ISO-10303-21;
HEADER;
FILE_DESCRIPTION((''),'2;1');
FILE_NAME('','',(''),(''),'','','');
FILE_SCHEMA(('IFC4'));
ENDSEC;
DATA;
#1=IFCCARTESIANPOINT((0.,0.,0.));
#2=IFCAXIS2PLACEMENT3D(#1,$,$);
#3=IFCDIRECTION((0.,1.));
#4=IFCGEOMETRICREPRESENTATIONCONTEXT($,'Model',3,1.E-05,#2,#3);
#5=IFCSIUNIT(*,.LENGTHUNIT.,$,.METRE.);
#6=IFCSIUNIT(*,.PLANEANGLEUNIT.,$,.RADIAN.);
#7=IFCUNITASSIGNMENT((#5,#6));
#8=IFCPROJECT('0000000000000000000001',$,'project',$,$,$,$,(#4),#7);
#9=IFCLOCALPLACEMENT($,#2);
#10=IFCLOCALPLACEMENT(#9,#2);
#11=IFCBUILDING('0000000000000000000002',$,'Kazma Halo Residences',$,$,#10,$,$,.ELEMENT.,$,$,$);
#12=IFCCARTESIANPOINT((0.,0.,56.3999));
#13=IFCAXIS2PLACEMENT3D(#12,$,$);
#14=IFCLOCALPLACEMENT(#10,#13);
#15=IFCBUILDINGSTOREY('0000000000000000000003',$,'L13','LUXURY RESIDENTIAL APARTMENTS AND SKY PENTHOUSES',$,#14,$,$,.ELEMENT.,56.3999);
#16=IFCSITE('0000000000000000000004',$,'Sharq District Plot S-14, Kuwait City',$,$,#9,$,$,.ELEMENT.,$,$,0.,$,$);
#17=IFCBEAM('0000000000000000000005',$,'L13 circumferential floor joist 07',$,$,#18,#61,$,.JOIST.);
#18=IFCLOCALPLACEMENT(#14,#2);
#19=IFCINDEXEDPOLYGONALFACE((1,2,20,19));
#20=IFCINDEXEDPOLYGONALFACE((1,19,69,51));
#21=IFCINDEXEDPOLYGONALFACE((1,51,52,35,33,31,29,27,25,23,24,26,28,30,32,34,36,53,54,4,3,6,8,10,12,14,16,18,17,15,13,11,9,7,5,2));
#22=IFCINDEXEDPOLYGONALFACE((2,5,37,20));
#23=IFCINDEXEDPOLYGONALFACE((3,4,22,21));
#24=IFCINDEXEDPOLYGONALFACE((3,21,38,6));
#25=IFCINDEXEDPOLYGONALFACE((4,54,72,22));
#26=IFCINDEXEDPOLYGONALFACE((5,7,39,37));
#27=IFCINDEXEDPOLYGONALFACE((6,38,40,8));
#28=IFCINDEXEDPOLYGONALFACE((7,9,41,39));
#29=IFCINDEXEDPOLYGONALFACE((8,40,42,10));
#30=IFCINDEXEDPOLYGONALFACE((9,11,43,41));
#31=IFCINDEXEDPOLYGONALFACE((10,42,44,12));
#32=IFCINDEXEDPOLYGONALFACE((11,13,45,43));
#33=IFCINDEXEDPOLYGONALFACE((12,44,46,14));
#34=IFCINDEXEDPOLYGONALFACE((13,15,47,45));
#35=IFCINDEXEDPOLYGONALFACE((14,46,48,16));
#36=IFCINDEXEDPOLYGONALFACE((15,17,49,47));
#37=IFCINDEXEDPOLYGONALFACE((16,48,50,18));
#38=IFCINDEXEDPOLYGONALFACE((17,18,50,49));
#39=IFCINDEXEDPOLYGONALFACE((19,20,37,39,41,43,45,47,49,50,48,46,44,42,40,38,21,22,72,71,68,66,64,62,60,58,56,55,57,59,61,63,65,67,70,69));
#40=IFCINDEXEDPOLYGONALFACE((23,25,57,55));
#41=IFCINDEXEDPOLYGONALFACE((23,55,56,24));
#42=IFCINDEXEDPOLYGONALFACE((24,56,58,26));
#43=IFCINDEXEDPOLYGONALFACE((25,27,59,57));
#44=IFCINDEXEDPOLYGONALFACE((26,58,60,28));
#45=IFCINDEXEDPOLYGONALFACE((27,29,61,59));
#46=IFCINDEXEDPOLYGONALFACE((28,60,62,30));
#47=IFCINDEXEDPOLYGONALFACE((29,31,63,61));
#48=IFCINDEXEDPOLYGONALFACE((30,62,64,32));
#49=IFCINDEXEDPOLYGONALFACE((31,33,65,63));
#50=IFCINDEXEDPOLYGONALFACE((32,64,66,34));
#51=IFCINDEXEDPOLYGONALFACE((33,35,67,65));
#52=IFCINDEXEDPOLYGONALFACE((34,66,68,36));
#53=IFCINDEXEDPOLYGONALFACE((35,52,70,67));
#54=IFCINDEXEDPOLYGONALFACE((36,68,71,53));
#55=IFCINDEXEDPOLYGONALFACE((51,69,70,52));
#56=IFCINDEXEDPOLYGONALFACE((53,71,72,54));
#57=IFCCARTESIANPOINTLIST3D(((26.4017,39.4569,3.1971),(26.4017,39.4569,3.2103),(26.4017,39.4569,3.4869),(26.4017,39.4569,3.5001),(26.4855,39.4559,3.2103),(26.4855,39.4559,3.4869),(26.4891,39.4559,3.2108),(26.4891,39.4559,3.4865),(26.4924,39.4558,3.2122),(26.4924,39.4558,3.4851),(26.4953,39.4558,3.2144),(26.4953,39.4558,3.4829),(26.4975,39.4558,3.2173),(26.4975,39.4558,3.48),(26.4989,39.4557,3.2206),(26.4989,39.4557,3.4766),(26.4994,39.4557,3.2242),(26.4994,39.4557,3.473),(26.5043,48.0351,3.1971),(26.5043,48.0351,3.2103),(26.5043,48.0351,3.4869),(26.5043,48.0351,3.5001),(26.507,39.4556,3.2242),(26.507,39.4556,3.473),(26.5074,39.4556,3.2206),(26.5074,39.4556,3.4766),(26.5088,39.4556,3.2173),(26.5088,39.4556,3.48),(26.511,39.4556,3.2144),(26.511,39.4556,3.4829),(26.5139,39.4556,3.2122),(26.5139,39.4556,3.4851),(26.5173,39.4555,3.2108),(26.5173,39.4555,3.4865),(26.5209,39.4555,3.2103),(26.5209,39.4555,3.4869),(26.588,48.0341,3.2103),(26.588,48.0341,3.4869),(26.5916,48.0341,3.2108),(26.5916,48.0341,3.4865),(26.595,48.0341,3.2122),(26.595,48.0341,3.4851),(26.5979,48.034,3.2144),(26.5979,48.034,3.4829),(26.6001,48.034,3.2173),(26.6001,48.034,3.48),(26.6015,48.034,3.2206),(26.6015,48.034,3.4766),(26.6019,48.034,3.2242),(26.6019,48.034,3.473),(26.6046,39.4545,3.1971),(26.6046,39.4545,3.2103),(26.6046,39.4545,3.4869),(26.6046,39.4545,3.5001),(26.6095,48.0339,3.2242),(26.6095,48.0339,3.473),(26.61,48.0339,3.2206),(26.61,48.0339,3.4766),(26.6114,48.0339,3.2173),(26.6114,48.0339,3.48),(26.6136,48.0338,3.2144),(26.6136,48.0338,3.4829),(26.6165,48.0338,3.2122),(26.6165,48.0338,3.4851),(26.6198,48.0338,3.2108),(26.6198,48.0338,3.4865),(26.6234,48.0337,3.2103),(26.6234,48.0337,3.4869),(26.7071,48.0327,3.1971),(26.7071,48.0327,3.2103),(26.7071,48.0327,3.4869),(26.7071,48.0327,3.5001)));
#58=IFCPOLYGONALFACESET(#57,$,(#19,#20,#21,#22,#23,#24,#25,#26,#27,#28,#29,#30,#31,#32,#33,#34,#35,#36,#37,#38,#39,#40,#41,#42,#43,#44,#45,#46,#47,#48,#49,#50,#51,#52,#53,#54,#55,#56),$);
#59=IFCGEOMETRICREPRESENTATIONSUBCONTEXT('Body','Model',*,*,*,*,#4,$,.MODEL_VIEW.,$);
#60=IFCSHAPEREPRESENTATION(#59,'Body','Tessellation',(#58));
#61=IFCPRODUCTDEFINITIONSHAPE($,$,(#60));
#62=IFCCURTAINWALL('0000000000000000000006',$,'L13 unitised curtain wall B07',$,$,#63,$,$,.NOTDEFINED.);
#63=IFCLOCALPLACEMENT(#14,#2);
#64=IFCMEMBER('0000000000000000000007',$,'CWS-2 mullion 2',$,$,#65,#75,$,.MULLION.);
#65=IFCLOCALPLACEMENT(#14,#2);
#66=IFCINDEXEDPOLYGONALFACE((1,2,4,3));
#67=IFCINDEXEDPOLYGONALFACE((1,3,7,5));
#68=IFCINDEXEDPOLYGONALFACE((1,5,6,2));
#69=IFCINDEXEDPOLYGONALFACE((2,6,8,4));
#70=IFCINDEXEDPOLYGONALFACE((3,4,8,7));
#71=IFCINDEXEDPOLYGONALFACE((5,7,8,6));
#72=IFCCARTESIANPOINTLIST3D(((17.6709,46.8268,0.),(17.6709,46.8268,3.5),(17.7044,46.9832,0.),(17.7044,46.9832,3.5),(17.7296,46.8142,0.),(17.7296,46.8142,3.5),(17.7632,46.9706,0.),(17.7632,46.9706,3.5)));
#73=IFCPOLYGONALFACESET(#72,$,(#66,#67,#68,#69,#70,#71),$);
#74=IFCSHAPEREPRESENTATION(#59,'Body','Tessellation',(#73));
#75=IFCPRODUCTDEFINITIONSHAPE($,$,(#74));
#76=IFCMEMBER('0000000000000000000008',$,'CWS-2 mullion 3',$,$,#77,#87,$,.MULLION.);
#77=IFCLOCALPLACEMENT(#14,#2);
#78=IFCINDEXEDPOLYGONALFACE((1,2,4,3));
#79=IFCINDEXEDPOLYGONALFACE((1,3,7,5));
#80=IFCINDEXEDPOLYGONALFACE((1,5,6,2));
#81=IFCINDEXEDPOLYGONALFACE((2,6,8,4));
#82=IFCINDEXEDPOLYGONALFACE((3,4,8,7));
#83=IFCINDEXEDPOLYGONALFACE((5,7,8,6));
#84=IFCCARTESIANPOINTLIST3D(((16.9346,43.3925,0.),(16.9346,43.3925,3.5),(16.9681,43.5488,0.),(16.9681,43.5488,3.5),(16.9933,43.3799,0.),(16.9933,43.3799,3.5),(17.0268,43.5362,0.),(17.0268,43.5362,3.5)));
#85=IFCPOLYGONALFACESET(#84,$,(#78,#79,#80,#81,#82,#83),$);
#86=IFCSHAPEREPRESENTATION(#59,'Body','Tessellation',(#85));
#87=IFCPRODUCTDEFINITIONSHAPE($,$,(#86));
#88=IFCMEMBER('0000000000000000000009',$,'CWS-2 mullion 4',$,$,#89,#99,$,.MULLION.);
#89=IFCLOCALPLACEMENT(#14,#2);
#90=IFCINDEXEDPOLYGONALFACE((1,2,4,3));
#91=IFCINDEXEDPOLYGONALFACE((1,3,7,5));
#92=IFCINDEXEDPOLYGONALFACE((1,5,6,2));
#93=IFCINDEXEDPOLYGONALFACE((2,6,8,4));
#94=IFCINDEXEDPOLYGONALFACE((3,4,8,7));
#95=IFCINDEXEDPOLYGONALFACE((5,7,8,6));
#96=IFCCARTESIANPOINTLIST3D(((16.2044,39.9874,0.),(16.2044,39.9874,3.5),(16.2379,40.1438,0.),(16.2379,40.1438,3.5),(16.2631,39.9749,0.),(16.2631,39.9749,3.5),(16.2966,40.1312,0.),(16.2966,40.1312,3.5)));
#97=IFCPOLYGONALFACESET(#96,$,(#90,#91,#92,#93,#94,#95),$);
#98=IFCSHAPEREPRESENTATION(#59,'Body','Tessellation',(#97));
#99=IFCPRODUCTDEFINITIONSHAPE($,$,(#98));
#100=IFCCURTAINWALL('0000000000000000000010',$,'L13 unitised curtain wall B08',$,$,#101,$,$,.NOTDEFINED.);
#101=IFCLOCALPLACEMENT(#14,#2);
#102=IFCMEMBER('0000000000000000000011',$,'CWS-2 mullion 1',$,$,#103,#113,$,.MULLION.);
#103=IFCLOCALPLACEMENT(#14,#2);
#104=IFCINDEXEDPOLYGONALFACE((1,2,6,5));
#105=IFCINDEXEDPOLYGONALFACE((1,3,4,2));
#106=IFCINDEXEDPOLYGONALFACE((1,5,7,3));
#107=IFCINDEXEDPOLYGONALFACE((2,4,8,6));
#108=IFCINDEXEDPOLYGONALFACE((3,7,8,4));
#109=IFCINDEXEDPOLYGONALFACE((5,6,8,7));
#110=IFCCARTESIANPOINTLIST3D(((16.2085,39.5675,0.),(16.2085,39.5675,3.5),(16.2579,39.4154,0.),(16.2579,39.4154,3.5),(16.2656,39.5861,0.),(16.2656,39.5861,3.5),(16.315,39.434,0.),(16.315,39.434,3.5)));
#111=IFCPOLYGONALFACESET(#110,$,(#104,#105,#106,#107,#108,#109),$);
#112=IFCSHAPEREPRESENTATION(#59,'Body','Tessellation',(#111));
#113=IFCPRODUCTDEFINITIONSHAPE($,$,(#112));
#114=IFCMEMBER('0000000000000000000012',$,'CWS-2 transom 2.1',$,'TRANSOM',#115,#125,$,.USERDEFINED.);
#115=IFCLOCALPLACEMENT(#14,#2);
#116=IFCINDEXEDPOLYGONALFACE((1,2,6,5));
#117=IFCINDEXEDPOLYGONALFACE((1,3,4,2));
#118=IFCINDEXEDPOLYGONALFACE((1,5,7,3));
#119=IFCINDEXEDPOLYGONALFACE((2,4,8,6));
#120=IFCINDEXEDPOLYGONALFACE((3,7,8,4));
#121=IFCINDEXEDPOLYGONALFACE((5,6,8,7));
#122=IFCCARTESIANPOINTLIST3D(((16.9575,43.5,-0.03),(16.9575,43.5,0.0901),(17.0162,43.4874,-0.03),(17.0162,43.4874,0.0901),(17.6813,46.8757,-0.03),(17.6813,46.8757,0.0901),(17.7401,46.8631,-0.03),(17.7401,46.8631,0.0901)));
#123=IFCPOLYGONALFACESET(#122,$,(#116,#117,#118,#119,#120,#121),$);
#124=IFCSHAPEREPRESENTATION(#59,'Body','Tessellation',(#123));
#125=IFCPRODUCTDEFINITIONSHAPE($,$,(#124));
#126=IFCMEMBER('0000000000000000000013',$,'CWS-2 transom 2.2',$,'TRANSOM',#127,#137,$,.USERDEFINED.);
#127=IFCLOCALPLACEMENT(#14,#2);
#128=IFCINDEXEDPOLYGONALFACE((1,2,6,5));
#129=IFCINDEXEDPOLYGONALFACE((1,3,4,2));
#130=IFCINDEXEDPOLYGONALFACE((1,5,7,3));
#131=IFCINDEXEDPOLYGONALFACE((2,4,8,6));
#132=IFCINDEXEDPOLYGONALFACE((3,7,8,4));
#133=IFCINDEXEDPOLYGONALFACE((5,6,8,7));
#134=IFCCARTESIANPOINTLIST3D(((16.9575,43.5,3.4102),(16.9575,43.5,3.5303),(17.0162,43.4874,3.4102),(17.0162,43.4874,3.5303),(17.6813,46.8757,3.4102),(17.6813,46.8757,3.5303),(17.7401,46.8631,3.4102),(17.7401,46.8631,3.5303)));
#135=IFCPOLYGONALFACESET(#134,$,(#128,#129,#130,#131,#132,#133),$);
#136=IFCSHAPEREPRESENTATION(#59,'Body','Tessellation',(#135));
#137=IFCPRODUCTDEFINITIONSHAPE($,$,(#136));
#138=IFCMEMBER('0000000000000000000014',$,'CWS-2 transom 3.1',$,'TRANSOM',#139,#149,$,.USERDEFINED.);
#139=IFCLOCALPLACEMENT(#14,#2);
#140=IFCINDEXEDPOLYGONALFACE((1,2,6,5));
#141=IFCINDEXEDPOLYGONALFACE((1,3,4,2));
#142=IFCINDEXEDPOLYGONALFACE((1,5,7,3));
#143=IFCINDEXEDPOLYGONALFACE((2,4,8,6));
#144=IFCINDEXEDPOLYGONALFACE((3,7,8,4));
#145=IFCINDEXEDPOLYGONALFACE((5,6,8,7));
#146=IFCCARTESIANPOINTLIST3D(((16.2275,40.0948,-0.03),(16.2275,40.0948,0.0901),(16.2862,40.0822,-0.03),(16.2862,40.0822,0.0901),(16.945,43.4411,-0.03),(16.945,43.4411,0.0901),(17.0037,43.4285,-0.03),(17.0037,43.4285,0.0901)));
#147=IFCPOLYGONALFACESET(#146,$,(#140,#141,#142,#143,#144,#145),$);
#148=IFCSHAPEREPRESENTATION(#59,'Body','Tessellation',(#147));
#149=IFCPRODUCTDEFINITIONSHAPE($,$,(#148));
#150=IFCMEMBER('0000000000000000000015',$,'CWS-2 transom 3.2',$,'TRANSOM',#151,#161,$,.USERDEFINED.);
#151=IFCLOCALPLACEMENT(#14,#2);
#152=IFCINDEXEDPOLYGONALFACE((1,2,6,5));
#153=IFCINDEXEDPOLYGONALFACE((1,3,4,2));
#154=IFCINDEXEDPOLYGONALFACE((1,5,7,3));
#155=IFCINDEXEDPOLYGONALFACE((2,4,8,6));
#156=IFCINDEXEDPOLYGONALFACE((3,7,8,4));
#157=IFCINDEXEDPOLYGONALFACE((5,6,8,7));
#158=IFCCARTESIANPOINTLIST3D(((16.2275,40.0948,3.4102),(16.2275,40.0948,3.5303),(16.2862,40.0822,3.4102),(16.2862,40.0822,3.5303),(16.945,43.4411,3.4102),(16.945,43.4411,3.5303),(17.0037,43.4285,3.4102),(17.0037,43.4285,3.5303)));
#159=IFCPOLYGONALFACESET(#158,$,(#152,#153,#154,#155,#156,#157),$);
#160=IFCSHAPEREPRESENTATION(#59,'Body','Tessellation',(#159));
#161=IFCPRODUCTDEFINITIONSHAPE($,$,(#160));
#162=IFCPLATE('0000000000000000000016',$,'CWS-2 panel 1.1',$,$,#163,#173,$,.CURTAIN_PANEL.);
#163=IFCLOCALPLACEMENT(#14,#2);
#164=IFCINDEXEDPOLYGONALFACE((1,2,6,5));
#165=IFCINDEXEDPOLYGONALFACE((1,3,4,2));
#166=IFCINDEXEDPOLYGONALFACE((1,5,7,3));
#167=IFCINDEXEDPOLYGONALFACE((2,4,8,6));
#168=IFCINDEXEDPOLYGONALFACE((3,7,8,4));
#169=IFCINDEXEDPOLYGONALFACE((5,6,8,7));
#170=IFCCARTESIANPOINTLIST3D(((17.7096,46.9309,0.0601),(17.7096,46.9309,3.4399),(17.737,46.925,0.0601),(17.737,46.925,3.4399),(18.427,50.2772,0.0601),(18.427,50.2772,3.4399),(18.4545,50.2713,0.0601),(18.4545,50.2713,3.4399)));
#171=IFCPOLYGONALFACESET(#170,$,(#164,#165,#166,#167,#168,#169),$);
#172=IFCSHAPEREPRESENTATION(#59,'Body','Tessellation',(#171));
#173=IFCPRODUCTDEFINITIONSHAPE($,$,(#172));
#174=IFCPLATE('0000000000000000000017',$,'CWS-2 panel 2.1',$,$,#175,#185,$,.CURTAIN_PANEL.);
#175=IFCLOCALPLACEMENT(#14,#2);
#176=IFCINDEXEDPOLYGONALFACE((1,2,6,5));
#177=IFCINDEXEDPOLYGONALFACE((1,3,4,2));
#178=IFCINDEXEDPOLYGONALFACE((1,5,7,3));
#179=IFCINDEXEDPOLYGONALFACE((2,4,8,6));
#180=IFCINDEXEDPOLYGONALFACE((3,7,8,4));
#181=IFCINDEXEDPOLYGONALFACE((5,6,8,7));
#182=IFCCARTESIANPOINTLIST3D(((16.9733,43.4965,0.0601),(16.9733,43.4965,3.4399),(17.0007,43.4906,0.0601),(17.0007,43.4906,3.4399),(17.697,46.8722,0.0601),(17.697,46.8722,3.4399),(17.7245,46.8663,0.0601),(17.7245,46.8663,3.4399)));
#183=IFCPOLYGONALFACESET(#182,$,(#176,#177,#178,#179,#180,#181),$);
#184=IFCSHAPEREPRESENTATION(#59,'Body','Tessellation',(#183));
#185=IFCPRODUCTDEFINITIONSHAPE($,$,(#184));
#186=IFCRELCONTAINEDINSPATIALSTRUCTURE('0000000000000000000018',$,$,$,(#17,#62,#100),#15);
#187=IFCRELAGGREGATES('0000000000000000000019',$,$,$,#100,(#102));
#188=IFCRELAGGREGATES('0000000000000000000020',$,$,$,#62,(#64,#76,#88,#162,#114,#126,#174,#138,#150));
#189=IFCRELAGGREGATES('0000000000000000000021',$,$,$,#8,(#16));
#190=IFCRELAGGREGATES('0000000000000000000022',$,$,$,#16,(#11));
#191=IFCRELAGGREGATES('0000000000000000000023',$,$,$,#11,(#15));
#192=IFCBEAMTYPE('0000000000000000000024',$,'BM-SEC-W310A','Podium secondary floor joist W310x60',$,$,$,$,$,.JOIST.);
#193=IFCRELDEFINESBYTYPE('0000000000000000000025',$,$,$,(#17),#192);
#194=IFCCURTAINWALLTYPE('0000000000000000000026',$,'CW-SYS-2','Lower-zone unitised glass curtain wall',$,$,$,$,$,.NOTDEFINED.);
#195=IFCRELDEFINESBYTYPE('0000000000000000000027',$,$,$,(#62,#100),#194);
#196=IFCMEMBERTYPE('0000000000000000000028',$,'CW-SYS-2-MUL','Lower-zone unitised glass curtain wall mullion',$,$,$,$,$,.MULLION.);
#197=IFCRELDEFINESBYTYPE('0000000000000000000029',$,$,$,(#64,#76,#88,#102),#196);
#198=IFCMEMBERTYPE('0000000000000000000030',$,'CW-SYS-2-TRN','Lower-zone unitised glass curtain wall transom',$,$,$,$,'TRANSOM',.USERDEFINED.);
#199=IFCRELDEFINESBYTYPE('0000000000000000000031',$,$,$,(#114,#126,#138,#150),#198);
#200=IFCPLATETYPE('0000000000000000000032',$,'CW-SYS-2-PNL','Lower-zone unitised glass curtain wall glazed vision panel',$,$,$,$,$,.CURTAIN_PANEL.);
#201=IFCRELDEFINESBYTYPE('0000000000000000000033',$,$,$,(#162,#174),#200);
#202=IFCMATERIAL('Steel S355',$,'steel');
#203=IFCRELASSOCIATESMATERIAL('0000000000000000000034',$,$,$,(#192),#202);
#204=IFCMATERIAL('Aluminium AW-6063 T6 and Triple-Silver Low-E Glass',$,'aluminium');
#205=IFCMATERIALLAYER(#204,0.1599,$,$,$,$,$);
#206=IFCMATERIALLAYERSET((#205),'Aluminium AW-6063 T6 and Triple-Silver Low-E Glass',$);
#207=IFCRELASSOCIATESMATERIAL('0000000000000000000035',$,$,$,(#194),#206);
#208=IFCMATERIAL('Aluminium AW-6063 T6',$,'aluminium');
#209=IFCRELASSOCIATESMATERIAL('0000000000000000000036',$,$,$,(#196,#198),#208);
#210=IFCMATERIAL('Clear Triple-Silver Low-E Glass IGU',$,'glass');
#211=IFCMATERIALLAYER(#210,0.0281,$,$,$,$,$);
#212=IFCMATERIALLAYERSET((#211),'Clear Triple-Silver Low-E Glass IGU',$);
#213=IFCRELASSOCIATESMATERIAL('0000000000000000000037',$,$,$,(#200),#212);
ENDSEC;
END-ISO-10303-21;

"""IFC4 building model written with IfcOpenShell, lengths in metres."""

from ifc_helpers import new_model, si_unit, direction, frame, origin, origin_2d, place, context, subcontext, project, spatial, rectangle, i_section, extrude, material, layer, layer_set, material_profile, profile_set, type_object, element, aggregate, save


model = new_model("IFC4")

# Units and contexts
model_context = context("Model", 3, precision=1e-05, world=origin(), true_north=direction((0.0, 1.0)))
body_context = subcontext(model_context, "Body", "Model", "MODEL_VIEW")
ifc_project = project(units=[si_unit("LENGTHUNIT", "METRE"), si_unit("PLANEANGLEUNIT", "RADIAN")], contexts=[model_context])

# Site, building, storey
site_placement = place(None, origin())
site = spatial("IfcSite", under=ifc_project, at=site_placement, Name="Sharq District Plot S-14, Kuwait City", CompositionType="ELEMENT", RefElevation=0.0)
building_placement = place(site_placement, origin())
building = spatial("IfcBuilding", under=site, at=building_placement, Name="Kazma Halo Residences", CompositionType="ELEMENT")
storey_placement = place(building_placement, frame((0.0, 0.0, 56.3999)))
storey = spatial("IfcBuildingStorey", under=building, at=storey_placement, Name="L13", Description="LUXURY RESIDENTIAL APARTMENTS AND SKY PENTHOUSES", CompositionType="ELEMENT", Elevation=56.3999)

# Beam
ifc_material_1 = material(Name="Steel S355", Category="steel")
ifc_material_profile_1 = material_profile(ifc_material_1, i_section(OverallWidth=0.2029, OverallDepth=0.303, WebThickness=0.0076, FlangeThickness=0.0132, FilletRadius=0.0139, at=origin_2d()), Name="W310x60")
ifc_profile_set_1 = profile_set([ifc_material_profile_1], Name="Steel S355")
beam_type = type_object("IfcBeamType", Name="BM-SEC-W310A", Description="Podium secondary floor joist W310x60", PredefinedType="JOIST", material=ifc_profile_set_1)
beam_placement = place(storey_placement, frame((26.6057, 48.0339, 3.3486), z_axis=(-0.011953, -0.999929, 0.0), x_axis=(0.999929, -0.011953, 0.0)))
element("IfcBeam", 1, at=beam_placement, inside=storey, type_object=beam_type, Name="L13 circumferential floor joist 07", PredefinedType="JOIST", context=body_context, shape_type="SweptSolid", body=[
    extrude(i_section(OverallWidth=0.2029, OverallDepth=0.303, WebThickness=0.0076, FlangeThickness=0.0132, FilletRadius=0.0139, at=origin_2d()), origin(), (0.0, 0.0, 1.0), 8.5789),
])

# Curtain wall, members
ifc_material_2 = material(Name="Aluminium AW-6063 T6 and Triple-Silver Low-E Glass", Category="aluminium")
ifc_layer_1 = layer(ifc_material_2, 0.1599)
ifc_layer_set_1 = layer_set([ifc_layer_1], Name="Aluminium AW-6063 T6 and Triple-Silver Low-E Glass")
curtain_wall_type = type_object("IfcCurtainWallType", Name="CW-SYS-2", Description="Lower-zone unitised glass curtain wall", PredefinedType="NOTDEFINED", material=ifc_layer_set_1)
curtain_wall_1_placement = place(storey_placement, origin())
curtain_wall_1 = element("IfcCurtainWall", 2, at=curtain_wall_1_placement, inside=storey, type_object=curtain_wall_type, Name="L13 unitised curtain wall B07", PredefinedType="NOTDEFINED")
ifc_material_3 = material(Name="Aluminium AW-6063 T6", Category="aluminium")
ifc_material_profile_2 = material_profile(ifc_material_3, rectangle(XDim=0.0601, YDim=0.1599, at=origin_2d()), Name="CWM-60x160")
ifc_profile_set_2 = profile_set([ifc_material_profile_2], Name="Aluminium AW-6063 T6")
member_type_1 = type_object("IfcMemberType", Name="CW-SYS-2-MUL", Description="Lower-zone unitised glass curtain wall mullion", PredefinedType="MULLION", material=ifc_profile_set_2)
member_1_placement = place(storey_placement, frame((17.717, 46.8987, 0.0), z_axis=(0.0, 0.0, 1.0), x_axis=(0.977779, -0.209637, 0.0)))
member_1 = element("IfcMember", 3, at=member_1_placement, type_object=member_type_1, Name="CWS-2 mullion 2", PredefinedType="MULLION", context=body_context, shape_type="SweptSolid", body=[
    extrude(rectangle(XDim=0.0601, YDim=0.1599, at=origin_2d()), origin(), (0.0, 0.0, 1.0), 3.5),
])
member_2_placement = place(storey_placement, frame((16.9807, 43.4644, 0.0), z_axis=(0.0, 0.0, 1.0), x_axis=(0.977779, -0.209637, 0.0)))
member_2 = element("IfcMember", 4, at=member_2_placement, type_object=member_type_1, Name="CWS-2 mullion 3", PredefinedType="MULLION", context=body_context, shape_type="SweptSolid", body=[
    extrude(rectangle(XDim=0.0601, YDim=0.1599, at=origin_2d()), origin(), (0.0, 0.0, 1.0), 3.5),
])
member_3_placement = place(storey_placement, frame((16.2505, 40.0593, 0.0), z_axis=(0.0, 0.0, 1.0), x_axis=(0.977779, -0.209637, 0.0)))
member_3 = element("IfcMember", 5, at=member_3_placement, type_object=member_type_1, Name="CWS-2 mullion 4", PredefinedType="MULLION", context=body_context, shape_type="SweptSolid", body=[
    extrude(rectangle(XDim=0.0601, YDim=0.1599, at=origin_2d()), origin(), (0.0, 0.0, 1.0), 3.5),
])

# Curtain wall, member
curtain_wall_2_placement = place(storey_placement, origin())
curtain_wall_2 = element("IfcCurtainWall", 6, at=curtain_wall_2_placement, inside=storey, type_object=curtain_wall_type, Name="L13 unitised curtain wall B08", PredefinedType="NOTDEFINED")
member_4_placement = place(storey_placement, frame((16.2617, 39.5007, 0.0), z_axis=(0.0, 0.0, 1.0), x_axis=(0.951057, 0.309017, 0.0)))
member_4 = element("IfcMember", 7, at=member_4_placement, type_object=member_type_1, Name="CWS-2 mullion 1", PredefinedType="MULLION", context=body_context, shape_type="SweptSolid", body=[
    extrude(rectangle(XDim=0.0601, YDim=0.1599, at=origin_2d()), origin(), (0.0, 0.0, 1.0), 3.5),
])
aggregate(curtain_wall_2, [member_4])

# Members
ifc_material_profile_3 = material_profile(ifc_material_3, rectangle(XDim=0.0601, YDim=0.1201, at=origin_2d()), Name="CWT-60x120")
ifc_profile_set_3 = profile_set([ifc_material_profile_3], Name="Aluminium AW-6063 T6")
member_type_2 = type_object("IfcMemberType", Name="CW-SYS-2-TRN", Description="Lower-zone unitised glass curtain wall transom", ElementType="TRANSOM", PredefinedType="USERDEFINED", material=ifc_profile_set_3)
member_5_placement = place(storey_placement, frame((17.7107, 46.8694, 0.03), z_axis=(-0.209669, -0.977772, 0.0), x_axis=(0.977772, -0.209669, 0.0)))
member_5 = element("IfcMember", 8, at=member_5_placement, type_object=member_type_2, Name="CWS-2 transom 2.1", ObjectType="TRANSOM", PredefinedType="USERDEFINED", context=body_context, shape_type="SweptSolid", body=[
    extrude(rectangle(XDim=0.0601, YDim=0.1201, at=origin_2d()), origin(), (0.0, 0.0, 1.0), 3.4524),
])
member_6_placement = place(storey_placement, frame((17.7107, 46.8694, 3.4702), z_axis=(-0.209669, -0.977772, 0.0), x_axis=(0.977772, -0.209669, 0.0)))
member_6 = element("IfcMember", 9, at=member_6_placement, type_object=member_type_2, Name="CWS-2 transom 2.2", ObjectType="TRANSOM", PredefinedType="USERDEFINED", context=body_context, shape_type="SweptSolid", body=[
    extrude(rectangle(XDim=0.0601, YDim=0.1201, at=origin_2d()), origin(), (0.0, 0.0, 1.0), 3.4524),
])
member_7_placement = place(storey_placement, frame((16.9744, 43.4348, 0.03), z_axis=(-0.209666, -0.977773, 0.0), x_axis=(0.977773, -0.209666, 0.0)))
member_7 = element("IfcMember", 10, at=member_7_placement, type_object=member_type_2, Name="CWS-2 transom 3.1", ObjectType="TRANSOM", PredefinedType="USERDEFINED", context=body_context, shape_type="SweptSolid", body=[
    extrude(rectangle(XDim=0.0601, YDim=0.1201, at=origin_2d()), origin(), (0.0, 0.0, 1.0), 3.4224),
])
member_8_placement = place(storey_placement, frame((16.9744, 43.4348, 3.4702), z_axis=(-0.209666, -0.977773, 0.0), x_axis=(0.977773, -0.209666, 0.0)))
member_8 = element("IfcMember", 11, at=member_8_placement, type_object=member_type_2, Name="CWS-2 transom 3.2", ObjectType="TRANSOM", PredefinedType="USERDEFINED", context=body_context, shape_type="SweptSolid", body=[
    extrude(rectangle(XDim=0.0601, YDim=0.1201, at=origin_2d()), origin(), (0.0, 0.0, 1.0), 3.4224),
])

# Plates
ifc_material_4 = material(Name="Clear Triple-Silver Low-E Glass IGU", Category="glass")
ifc_layer_2 = layer(ifc_material_4, 0.0281)
ifc_layer_set_2 = layer_set([ifc_layer_2], Name="Clear Triple-Silver Low-E Glass IGU")
plate_type = type_object("IfcPlateType", Name="CW-SYS-2-PNL", Description="Lower-zone unitised glass curtain wall glazed vision panel", PredefinedType="CURTAIN_PANEL", material=ifc_layer_set_2)
plate_1_placement = place(storey_placement, frame((18.082, 48.6011, 0.0601), z_axis=(0.0, 0.0, 1.0), x_axis=(-0.209637, -0.977779, 0.0)))
plate_1 = element("IfcPlate", 12, at=plate_1_placement, type_object=plate_type, Name="CWS-2 panel 1.1", PredefinedType="CURTAIN_PANEL", context=body_context, shape_type="SweptSolid", body=[
    extrude(rectangle(XDim=3.4224, YDim=0.0281, at=origin_2d()), origin(), (0.0, 0.0, 1.0), 3.3799),
])
plate_2_placement = place(storey_placement, frame((17.3489, 45.1814, 0.0601), z_axis=(0.0, 0.0, 1.0), x_axis=(-0.209637, -0.977779, 0.0)))
plate_2 = element("IfcPlate", 13, at=plate_2_placement, type_object=plate_type, Name="CWS-2 panel 2.1", PredefinedType="CURTAIN_PANEL", context=body_context, shape_type="SweptSolid", body=[
    extrude(rectangle(XDim=3.4524, YDim=0.0281, at=origin_2d()), origin(), (0.0, 0.0, 1.0), 3.3799),
])
aggregate(curtain_wall_1, [member_1, member_2, member_3, plate_1, member_5, member_6, plate_2, member_7, member_8])

save(model, "model.ifc")
